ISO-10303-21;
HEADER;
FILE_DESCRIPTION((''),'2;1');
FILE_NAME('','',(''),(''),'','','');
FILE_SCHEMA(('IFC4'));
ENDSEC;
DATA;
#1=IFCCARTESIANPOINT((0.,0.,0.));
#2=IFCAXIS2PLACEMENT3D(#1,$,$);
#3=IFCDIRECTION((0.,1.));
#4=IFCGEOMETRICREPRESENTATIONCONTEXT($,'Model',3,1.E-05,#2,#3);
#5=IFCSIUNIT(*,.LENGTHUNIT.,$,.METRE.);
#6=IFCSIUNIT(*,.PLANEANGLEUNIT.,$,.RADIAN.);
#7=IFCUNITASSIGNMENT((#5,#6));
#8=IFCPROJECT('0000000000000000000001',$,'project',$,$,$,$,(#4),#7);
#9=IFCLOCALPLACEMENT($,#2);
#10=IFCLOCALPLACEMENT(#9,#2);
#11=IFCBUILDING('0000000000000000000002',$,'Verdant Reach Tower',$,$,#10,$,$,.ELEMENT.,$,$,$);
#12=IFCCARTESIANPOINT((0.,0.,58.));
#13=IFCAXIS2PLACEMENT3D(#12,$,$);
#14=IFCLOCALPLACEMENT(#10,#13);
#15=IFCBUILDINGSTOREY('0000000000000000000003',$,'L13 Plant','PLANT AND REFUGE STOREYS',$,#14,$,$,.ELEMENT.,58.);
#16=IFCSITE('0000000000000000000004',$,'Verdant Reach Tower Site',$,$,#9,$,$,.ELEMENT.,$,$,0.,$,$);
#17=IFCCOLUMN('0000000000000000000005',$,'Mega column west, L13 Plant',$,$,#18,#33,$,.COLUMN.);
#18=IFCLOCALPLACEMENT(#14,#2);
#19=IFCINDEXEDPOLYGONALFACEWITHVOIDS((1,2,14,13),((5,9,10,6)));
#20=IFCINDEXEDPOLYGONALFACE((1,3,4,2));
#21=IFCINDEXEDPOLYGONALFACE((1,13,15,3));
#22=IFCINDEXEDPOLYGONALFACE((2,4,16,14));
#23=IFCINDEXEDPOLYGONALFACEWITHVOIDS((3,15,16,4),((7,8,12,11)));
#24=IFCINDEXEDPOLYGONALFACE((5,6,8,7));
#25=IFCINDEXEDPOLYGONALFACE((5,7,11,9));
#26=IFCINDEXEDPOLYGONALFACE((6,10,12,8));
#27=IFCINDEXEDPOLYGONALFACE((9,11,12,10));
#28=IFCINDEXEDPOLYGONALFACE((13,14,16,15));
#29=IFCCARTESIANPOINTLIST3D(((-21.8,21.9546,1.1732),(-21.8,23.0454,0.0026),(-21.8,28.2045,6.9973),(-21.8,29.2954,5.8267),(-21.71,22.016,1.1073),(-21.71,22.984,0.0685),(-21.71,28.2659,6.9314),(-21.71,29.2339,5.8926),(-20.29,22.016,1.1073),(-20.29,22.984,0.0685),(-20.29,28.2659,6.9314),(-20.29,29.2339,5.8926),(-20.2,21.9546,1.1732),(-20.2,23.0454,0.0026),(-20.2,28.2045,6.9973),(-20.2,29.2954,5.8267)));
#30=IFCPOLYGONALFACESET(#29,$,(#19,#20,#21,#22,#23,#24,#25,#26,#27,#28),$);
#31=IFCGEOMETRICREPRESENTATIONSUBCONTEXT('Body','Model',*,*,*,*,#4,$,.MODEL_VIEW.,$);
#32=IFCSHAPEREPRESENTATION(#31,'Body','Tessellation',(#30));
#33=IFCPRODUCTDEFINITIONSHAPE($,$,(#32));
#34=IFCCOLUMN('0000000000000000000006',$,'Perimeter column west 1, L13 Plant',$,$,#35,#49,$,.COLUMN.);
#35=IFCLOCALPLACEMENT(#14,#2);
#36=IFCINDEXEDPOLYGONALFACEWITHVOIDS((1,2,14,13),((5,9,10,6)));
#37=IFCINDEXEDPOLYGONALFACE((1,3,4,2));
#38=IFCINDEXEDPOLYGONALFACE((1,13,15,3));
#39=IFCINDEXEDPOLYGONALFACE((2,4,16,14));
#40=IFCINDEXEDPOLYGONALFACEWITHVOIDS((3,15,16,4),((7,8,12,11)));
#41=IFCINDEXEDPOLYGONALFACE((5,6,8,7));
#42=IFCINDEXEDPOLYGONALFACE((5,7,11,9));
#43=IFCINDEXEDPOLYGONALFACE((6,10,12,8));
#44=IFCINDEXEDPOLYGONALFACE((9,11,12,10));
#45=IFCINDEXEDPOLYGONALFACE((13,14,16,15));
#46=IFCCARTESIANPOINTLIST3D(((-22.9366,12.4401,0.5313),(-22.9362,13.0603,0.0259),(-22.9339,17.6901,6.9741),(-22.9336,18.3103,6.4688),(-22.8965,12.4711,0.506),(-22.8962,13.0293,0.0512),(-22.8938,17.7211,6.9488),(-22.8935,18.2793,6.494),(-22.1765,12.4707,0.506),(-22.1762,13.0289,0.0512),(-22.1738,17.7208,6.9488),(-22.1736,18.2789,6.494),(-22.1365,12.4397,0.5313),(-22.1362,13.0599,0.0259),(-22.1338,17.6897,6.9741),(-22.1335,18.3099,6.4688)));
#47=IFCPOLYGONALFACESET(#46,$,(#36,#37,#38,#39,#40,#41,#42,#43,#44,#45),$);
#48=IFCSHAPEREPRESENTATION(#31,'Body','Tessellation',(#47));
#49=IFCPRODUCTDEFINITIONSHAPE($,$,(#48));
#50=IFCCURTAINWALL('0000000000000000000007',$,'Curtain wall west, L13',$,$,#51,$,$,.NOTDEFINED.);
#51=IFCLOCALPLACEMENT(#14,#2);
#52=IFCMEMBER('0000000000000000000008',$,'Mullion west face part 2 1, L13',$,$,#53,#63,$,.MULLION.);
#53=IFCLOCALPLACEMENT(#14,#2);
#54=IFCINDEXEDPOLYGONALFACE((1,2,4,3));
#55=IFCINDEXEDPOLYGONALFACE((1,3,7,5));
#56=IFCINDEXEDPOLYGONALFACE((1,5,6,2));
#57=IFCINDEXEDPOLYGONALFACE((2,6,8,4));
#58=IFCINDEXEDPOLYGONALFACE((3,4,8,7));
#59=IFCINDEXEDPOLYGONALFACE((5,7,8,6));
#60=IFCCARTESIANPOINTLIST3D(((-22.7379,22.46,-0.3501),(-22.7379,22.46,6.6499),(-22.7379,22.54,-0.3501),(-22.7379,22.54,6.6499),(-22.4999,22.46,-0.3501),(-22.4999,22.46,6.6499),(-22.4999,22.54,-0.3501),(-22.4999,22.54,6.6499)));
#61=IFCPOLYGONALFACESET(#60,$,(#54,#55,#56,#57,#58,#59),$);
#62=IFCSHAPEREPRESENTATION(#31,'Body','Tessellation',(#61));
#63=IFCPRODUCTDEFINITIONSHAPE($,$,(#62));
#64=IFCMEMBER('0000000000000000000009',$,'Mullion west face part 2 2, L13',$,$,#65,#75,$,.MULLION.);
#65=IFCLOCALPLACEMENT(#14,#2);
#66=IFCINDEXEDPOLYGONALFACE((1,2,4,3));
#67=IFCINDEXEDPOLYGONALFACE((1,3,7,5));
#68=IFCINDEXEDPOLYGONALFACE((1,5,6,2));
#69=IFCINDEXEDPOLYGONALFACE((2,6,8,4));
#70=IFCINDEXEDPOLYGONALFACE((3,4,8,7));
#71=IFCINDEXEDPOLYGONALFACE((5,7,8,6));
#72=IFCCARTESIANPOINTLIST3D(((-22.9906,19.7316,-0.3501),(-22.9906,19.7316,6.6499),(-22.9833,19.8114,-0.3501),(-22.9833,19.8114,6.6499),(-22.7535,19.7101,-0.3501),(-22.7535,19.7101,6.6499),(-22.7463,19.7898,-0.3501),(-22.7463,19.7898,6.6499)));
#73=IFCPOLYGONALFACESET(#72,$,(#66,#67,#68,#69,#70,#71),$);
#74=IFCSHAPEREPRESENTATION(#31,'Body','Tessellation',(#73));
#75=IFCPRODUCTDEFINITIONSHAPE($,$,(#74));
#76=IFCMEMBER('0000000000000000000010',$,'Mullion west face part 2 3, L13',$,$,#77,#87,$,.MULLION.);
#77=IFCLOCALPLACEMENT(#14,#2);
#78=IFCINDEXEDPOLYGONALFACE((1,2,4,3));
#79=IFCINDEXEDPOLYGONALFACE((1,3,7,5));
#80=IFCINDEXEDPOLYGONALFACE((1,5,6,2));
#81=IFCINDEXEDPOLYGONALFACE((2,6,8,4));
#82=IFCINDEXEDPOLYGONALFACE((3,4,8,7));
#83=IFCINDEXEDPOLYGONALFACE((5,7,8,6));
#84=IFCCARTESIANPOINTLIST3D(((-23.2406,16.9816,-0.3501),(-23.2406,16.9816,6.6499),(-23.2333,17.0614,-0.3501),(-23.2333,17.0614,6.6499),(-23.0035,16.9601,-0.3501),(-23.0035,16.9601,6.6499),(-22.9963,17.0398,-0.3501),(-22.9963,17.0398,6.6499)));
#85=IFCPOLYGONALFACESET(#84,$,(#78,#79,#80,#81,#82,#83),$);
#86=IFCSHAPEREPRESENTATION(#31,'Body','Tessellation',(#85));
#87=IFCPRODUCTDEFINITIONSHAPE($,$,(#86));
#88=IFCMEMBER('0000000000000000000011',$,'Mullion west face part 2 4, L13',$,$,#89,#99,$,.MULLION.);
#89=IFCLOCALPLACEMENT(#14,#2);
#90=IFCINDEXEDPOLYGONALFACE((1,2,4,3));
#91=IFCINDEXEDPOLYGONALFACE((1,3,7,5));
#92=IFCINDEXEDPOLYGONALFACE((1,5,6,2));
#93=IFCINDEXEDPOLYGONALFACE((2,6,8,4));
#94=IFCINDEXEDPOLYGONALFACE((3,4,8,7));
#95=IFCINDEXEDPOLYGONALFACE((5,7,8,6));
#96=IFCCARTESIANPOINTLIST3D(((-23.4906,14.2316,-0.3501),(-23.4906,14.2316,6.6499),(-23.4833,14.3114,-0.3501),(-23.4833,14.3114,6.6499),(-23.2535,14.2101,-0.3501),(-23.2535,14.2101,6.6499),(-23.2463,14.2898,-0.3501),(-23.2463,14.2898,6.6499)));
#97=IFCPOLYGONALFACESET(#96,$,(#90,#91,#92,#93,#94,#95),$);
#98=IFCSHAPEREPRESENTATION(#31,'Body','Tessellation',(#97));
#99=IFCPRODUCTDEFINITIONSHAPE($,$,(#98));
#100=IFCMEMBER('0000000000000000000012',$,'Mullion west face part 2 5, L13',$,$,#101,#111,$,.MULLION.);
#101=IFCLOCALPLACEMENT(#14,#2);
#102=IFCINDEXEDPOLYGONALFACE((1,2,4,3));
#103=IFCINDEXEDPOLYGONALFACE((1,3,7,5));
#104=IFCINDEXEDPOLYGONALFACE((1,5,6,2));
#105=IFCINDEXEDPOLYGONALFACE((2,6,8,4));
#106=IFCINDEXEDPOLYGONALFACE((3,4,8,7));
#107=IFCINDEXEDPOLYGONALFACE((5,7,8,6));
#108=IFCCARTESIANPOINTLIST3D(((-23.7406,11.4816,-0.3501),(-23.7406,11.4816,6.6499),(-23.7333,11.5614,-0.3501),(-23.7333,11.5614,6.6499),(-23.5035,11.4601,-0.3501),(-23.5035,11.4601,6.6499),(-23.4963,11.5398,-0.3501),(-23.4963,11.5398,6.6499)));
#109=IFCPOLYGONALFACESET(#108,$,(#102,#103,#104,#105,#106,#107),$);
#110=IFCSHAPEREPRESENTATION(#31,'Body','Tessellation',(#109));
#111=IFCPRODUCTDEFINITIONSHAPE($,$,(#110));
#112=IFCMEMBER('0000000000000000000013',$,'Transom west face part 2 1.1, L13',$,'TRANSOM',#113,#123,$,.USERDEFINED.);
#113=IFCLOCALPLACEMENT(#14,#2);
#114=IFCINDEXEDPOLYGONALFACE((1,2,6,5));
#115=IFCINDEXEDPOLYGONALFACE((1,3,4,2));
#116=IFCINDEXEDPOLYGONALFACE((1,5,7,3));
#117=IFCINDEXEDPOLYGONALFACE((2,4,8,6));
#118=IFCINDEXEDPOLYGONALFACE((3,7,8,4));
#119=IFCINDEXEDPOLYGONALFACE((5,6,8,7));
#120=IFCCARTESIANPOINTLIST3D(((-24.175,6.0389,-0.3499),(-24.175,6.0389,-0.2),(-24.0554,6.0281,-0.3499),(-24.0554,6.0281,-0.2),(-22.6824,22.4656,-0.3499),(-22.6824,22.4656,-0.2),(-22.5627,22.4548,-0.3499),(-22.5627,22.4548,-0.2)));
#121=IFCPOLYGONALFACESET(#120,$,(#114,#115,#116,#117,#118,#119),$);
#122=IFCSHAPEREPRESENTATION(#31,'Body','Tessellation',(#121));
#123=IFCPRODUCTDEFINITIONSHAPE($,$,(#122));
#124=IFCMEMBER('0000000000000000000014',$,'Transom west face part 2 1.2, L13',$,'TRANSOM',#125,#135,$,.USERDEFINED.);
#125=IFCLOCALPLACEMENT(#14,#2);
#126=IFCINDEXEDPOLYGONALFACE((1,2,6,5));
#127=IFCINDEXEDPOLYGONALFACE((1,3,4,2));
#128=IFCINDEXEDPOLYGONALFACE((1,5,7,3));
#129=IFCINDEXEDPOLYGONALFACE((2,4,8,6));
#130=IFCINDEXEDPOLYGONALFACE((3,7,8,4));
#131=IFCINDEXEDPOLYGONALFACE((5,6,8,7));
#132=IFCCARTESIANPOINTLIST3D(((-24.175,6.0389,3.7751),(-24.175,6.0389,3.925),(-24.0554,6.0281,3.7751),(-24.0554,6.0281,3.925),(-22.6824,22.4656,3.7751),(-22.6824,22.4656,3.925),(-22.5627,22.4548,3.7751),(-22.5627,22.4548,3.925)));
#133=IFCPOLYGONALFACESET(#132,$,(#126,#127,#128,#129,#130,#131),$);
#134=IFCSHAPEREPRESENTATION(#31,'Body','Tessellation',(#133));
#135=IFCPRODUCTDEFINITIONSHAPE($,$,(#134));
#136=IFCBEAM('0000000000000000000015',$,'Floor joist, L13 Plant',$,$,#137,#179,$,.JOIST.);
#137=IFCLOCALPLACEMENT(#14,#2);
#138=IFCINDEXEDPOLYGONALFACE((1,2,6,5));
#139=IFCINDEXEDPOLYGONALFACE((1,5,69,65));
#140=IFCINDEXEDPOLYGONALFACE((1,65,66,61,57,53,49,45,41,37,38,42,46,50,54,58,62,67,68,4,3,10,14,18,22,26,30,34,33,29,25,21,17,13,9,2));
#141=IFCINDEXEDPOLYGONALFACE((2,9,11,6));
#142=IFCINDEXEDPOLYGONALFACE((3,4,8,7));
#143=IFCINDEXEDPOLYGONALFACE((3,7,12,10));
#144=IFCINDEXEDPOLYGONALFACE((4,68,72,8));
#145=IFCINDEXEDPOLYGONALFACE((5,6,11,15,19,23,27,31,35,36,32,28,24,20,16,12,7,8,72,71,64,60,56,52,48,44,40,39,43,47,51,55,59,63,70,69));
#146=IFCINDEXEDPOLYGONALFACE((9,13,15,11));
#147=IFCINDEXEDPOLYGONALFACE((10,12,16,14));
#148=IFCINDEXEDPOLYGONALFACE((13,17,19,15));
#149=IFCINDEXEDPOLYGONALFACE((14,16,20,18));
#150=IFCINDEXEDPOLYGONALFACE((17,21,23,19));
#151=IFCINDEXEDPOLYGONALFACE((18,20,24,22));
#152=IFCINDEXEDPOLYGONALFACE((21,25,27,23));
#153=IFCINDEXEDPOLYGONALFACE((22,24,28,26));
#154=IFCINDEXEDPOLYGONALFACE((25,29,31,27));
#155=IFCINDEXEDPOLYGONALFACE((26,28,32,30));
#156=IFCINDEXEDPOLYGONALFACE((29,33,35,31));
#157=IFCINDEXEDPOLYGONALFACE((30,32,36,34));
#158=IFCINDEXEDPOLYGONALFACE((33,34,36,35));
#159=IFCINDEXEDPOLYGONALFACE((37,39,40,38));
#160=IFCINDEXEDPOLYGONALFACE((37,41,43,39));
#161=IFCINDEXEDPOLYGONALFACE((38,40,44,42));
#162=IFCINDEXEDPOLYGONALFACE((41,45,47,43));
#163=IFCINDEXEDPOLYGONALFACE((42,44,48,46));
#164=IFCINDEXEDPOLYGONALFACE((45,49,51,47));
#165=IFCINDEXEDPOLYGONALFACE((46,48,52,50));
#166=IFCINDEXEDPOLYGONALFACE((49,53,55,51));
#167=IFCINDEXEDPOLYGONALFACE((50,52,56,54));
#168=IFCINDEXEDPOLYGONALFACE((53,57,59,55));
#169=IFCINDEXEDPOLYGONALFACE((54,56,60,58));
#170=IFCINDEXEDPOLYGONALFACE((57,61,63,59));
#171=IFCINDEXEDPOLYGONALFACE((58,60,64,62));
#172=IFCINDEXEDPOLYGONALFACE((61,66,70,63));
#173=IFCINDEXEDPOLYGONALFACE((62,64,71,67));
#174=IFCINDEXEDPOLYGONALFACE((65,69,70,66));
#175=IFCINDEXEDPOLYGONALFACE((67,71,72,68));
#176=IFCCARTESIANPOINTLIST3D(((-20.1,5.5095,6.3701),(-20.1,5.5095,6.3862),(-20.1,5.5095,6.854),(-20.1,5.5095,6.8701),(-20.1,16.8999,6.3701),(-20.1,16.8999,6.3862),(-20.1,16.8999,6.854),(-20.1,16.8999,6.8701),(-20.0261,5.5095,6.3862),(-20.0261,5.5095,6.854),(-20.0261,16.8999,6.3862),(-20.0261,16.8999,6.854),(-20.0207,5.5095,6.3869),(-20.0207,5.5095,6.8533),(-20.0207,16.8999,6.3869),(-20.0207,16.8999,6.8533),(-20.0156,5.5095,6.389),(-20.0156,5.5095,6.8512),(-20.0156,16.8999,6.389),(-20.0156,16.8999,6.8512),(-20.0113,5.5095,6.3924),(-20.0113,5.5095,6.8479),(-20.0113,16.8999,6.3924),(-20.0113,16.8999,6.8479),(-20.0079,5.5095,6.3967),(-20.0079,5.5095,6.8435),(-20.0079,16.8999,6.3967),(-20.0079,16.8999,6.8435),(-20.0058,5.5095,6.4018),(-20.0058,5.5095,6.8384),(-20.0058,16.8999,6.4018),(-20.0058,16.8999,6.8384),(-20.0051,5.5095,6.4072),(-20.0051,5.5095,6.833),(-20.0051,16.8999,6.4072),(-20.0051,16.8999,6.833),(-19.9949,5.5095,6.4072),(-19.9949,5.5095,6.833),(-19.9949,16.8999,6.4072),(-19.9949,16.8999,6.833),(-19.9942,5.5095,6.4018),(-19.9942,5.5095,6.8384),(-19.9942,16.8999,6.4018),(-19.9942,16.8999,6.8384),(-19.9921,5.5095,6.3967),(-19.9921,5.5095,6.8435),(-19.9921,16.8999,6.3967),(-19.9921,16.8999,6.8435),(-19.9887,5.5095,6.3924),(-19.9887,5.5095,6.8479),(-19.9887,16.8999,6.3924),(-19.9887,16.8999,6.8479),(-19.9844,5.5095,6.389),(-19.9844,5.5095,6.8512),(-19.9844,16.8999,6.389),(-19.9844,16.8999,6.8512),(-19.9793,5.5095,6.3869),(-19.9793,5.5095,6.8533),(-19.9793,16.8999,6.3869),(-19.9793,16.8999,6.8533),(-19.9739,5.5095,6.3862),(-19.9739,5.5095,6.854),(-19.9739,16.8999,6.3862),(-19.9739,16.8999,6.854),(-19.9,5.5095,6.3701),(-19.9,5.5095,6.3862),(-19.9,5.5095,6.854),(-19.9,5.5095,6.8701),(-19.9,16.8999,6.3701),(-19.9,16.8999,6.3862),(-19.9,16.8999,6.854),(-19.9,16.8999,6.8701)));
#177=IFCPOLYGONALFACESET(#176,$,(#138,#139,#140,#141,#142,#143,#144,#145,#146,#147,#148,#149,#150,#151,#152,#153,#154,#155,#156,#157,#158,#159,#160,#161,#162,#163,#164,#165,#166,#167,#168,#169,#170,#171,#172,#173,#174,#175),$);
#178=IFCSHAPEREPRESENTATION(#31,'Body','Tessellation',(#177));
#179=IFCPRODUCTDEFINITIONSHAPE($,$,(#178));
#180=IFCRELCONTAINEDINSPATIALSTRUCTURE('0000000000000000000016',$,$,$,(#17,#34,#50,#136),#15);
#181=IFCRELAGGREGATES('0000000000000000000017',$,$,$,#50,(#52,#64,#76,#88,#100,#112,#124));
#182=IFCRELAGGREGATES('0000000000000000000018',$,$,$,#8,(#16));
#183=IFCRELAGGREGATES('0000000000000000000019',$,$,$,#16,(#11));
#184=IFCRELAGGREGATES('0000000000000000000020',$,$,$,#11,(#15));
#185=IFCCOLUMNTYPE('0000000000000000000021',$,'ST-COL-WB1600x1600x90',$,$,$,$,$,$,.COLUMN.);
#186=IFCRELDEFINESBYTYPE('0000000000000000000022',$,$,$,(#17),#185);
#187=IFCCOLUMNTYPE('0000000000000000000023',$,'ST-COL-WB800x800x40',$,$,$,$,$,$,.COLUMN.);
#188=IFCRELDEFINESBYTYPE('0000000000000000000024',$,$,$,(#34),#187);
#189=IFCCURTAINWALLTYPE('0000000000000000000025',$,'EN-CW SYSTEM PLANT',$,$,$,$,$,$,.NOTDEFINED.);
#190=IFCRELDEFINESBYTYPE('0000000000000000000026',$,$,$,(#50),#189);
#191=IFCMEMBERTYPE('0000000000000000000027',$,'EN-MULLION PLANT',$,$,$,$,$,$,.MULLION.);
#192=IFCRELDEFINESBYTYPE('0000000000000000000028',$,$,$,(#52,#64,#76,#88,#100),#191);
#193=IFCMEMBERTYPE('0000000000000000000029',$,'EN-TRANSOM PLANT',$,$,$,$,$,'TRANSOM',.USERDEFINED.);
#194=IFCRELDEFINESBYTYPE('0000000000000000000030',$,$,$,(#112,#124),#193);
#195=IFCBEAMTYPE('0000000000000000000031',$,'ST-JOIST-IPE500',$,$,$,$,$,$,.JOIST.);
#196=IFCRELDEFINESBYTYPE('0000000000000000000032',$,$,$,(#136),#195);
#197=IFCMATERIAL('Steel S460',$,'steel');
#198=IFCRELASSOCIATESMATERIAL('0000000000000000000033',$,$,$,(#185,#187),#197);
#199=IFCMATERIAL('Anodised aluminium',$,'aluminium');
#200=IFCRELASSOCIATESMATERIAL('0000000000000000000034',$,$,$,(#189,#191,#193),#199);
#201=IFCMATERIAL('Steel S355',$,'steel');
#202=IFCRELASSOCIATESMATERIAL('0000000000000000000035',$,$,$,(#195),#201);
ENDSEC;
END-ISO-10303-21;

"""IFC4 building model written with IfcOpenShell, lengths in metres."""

from ifc_helpers import new_model, si_unit, direction, frame, origin, origin_2d, place, context, subcontext, project, spatial, rectangle, hollow_rectangle, i_section, extrude, material, material_profile, profile_set, type_object, element, aggregate, save


model = new_model("IFC4")

# Units and contexts
model_context = context("Model", 3, precision=1e-05, world=origin(), true_north=direction((0.0, 1.0)))
body_context = subcontext(model_context, "Body", "Model", "MODEL_VIEW")
ifc_project = project(units=[si_unit("LENGTHUNIT", "METRE"), si_unit("PLANEANGLEUNIT", "RADIAN")], contexts=[model_context])

# Site, building, storey
site_placement = place(None, origin())
site = spatial("IfcSite", under=ifc_project, at=site_placement, Name="Verdant Reach Tower Site", CompositionType="ELEMENT", RefElevation=0.0)
building_placement = place(site_placement, origin())
building = spatial("IfcBuilding", under=site, at=building_placement, Name="Verdant Reach Tower", CompositionType="ELEMENT")
storey_placement = place(building_placement, frame((0.0, 0.0, 58.0)))
storey = spatial("IfcBuildingStorey", under=building, at=storey_placement, Name="L13 Plant", Description="PLANT AND REFUGE STOREYS", CompositionType="ELEMENT", Elevation=58.0)

# Columns
ifc_material_1 = material(Name="Steel S460", Category="steel")
ifc_material_profile_1 = material_profile(ifc_material_1, hollow_rectangle(XDim=1.6001, YDim=1.6001, WallThickness=0.0901, at=origin_2d()), Name="WB 1600x1600x90")
ifc_profile_set_1 = profile_set([ifc_material_profile_1], Name="Steel S460")
column_type_1 = type_object("IfcColumnType", Name="ST-COL-WB1600x1600x90", PredefinedType="COLUMN", material=ifc_profile_set_1)
column_1_placement = place(storey_placement, frame((-21.0, 22.5, 0.5879), z_axis=(0.0, 0.731587, 0.681748), x_axis=(-1.0, 0.0, 0.0)))
element("IfcColumn", 1, at=column_1_placement, inside=storey, type_object=column_type_1, Name="Mega column west, L13 Plant", PredefinedType="COLUMN", context=body_context, shape_type="SweptSolid", body=[
    extrude(hollow_rectangle(XDim=1.6001, YDim=1.6001, WallThickness=0.0901, at=origin_2d()), origin(), (0.0, 0.0, 1.0), 8.543),
])
ifc_material_profile_2 = material_profile(ifc_material_1, hollow_rectangle(XDim=0.8, YDim=0.8, WallThickness=0.04, at=origin_2d()), Name="WB 800x800x40")
ifc_profile_set_2 = profile_set([ifc_material_profile_2], Name="Steel S460")
column_type_2 = type_object("IfcColumnType", Name="ST-COL-WB800x800x40", PredefinedType="COLUMN", material=ifc_profile_set_2)
column_2_placement = place(storey_placement, frame((-22.5364, 12.75, 0.2786), z_axis=(0.000323, 0.631691, 0.77522), x_axis=(-1.0, 0.000512, 0.0)))
element("IfcColumn", 2, at=column_2_placement, inside=storey, type_object=column_type_2, Name="Perimeter column west 1, L13 Plant", PredefinedType="COLUMN", context=body_context, shape_type="SweptSolid", body=[
    extrude(hollow_rectangle(XDim=0.8, YDim=0.8, WallThickness=0.04, at=origin_2d()), origin(), (0.0, 0.0, 1.0), 8.311),
])

# Curtain wall, members
ifc_material_2 = material(Name="Anodised aluminium", Category="aluminium")
curtain_wall_type = type_object("IfcCurtainWallType", Name="EN-CW SYSTEM PLANT", PredefinedType="NOTDEFINED", material=ifc_material_2)
curtain_wall_placement = place(storey_placement, origin())
curtain_wall = element("IfcCurtainWall", 3, at=curtain_wall_placement, inside=storey, type_object=curtain_wall_type, Name="Curtain wall west, L13", PredefinedType="NOTDEFINED")
ifc_material_profile_3 = material_profile(ifc_material_2, rectangle(XDim=0.238, YDim=0.0801, at=origin_2d()), Name="Mullion 80x240")
ifc_profile_set_3 = profile_set([ifc_material_profile_3], Name="Anodised aluminium")
member_type_1 = type_object("IfcMemberType", Name="EN-MULLION PLANT", PredefinedType="MULLION", material=ifc_profile_set_3)
member_1_placement = place(storey_placement, frame((-22.6189, 22.5, -0.3501), z_axis=(0.0, 0.0, 1.0), x_axis=(-1.0, 0.0, 0.0)))
member_1 = element("IfcMember", 4, at=member_1_placement, type_object=member_type_1, Name="Mullion west face part 2 1, L13", PredefinedType="MULLION", context=body_context, shape_type="SweptSolid", body=[
    extrude(rectangle(XDim=0.238, YDim=0.0801, at=origin_2d()), origin(), (0.0, 0.0, 1.0), 7.0),
])
member_2_placement = place(storey_placement, frame((-22.8684, 19.7607, -0.3501), z_axis=(0.0, 0.0, 1.0), x_axis=(-0.995893, 0.090536, 0.0)))
member_2 = element("IfcMember", 5, at=member_2_placement, type_object=member_type_1, Name="Mullion west face part 2 2, L13", PredefinedType="MULLION", context=body_context, shape_type="SweptSolid", body=[
    extrude(rectangle(XDim=0.238, YDim=0.0801, at=origin_2d()), origin(), (0.0, 0.0, 1.0), 7.0),
])
member_3_placement = place(storey_placement, frame((-23.1184, 17.0107, -0.3501), z_axis=(0.0, 0.0, 1.0), x_axis=(-0.995893, 0.090536, 0.0)))
member_3 = element("IfcMember", 6, at=member_3_placement, type_object=member_type_1, Name="Mullion west face part 2 3, L13", PredefinedType="MULLION", context=body_context, shape_type="SweptSolid", body=[
    extrude(rectangle(XDim=0.238, YDim=0.0801, at=origin_2d()), origin(), (0.0, 0.0, 1.0), 7.0),
])
member_4_placement = place(storey_placement, frame((-23.3684, 14.2607, -0.3501), z_axis=(0.0, 0.0, 1.0), x_axis=(-0.995893, 0.090536, 0.0)))
member_4 = element("IfcMember", 7, at=member_4_placement, type_object=member_type_1, Name="Mullion west face part 2 4, L13", PredefinedType="MULLION", context=body_context, shape_type="SweptSolid", body=[
    extrude(rectangle(XDim=0.238, YDim=0.0801, at=origin_2d()), origin(), (0.0, 0.0, 1.0), 7.0),
])
member_5_placement = place(storey_placement, frame((-23.6184, 11.5107, -0.3501), z_axis=(0.0, 0.0, 1.0), x_axis=(-0.995893, 0.090536, 0.0)))
member_5 = element("IfcMember", 8, at=member_5_placement, type_object=member_type_1, Name="Mullion west face part 2 5, L13", PredefinedType="MULLION", context=body_context, shape_type="SweptSolid", body=[
    extrude(rectangle(XDim=0.238, YDim=0.0801, at=origin_2d()), origin(), (0.0, 0.0, 1.0), 7.0),
])
ifc_material_profile_4 = material_profile(ifc_material_2, rectangle(XDim=0.1201, YDim=0.1499, at=origin_2d()), Name="Transom 150x120")
ifc_profile_set_4 = profile_set([ifc_material_profile_4], Name="Anodised aluminium")
member_type_2 = type_object("IfcMemberType", Name="EN-TRANSOM PLANT", ElementType="TRANSOM", PredefinedType="USERDEFINED", material=ifc_profile_set_4)
member_6_placement = place(storey_placement, frame((-22.6226, 22.4602, -0.2749), z_axis=(-0.090496, -0.995897, 0.0), x_axis=(0.995897, -0.090496, 0.0)))
member_6 = element("IfcMember", 9, at=member_6_placement, type_object=member_type_2, Name="Transom west face part 2 1.1, L13", ObjectType="TRANSOM", PredefinedType="USERDEFINED", context=body_context, shape_type="SweptSolid", body=[
    extrude(rectangle(XDim=0.1201, YDim=0.1499, at=origin_2d()), origin(), (0.0, 0.0, 1.0), 16.4944),
])
member_7_placement = place(storey_placement, frame((-22.6226, 22.4602, 3.8501), z_axis=(-0.090496, -0.995897, 0.0), x_axis=(0.995897, -0.090496, 0.0)))
member_7 = element("IfcMember", 10, at=member_7_placement, type_object=member_type_2, Name="Transom west face part 2 1.2, L13", ObjectType="TRANSOM", PredefinedType="USERDEFINED", context=body_context, shape_type="SweptSolid", body=[
    extrude(rectangle(XDim=0.1201, YDim=0.1499, at=origin_2d()), origin(), (0.0, 0.0, 1.0), 16.4944),
])

# Beam
ifc_material_3 = material(Name="Steel S355", Category="steel")
ifc_material_profile_5 = material_profile(ifc_material_3, i_section(OverallWidth=0.2, OverallDepth=0.5, WebThickness=0.0103, FlangeThickness=0.0161, FilletRadius=0.021, at=origin_2d()), Name="IPE 500")
ifc_profile_set_5 = profile_set([ifc_material_profile_5], Name="Steel S355")
beam_type_1 = type_object("IfcBeamType", Name="ST-JOIST-IPE500", PredefinedType="JOIST", material=ifc_profile_set_5)
beam_1_placement = place(storey_placement, frame((-20.0, 16.8999, 6.6201), z_axis=(0.0, -1.0, 0.0), x_axis=(1.0, 0.0, 0.0)))
element("IfcBeam", 11, at=beam_1_placement, inside=storey, type_object=beam_type_1, Name="Floor joist, L13 Plant", PredefinedType="JOIST", context=body_context, shape_type="SweptSolid", body=[
    extrude(i_section(OverallWidth=0.2, OverallDepth=0.5, WebThickness=0.0103, FlangeThickness=0.0161, FilletRadius=0.021, at=origin_2d()), origin(), (0.0, 0.0, 1.0), 11.3904),
])

aggregate(curtain_wall, [member_1, member_2, member_3, member_4, member_5, member_6, member_7])

save(model, "model.ifc")
